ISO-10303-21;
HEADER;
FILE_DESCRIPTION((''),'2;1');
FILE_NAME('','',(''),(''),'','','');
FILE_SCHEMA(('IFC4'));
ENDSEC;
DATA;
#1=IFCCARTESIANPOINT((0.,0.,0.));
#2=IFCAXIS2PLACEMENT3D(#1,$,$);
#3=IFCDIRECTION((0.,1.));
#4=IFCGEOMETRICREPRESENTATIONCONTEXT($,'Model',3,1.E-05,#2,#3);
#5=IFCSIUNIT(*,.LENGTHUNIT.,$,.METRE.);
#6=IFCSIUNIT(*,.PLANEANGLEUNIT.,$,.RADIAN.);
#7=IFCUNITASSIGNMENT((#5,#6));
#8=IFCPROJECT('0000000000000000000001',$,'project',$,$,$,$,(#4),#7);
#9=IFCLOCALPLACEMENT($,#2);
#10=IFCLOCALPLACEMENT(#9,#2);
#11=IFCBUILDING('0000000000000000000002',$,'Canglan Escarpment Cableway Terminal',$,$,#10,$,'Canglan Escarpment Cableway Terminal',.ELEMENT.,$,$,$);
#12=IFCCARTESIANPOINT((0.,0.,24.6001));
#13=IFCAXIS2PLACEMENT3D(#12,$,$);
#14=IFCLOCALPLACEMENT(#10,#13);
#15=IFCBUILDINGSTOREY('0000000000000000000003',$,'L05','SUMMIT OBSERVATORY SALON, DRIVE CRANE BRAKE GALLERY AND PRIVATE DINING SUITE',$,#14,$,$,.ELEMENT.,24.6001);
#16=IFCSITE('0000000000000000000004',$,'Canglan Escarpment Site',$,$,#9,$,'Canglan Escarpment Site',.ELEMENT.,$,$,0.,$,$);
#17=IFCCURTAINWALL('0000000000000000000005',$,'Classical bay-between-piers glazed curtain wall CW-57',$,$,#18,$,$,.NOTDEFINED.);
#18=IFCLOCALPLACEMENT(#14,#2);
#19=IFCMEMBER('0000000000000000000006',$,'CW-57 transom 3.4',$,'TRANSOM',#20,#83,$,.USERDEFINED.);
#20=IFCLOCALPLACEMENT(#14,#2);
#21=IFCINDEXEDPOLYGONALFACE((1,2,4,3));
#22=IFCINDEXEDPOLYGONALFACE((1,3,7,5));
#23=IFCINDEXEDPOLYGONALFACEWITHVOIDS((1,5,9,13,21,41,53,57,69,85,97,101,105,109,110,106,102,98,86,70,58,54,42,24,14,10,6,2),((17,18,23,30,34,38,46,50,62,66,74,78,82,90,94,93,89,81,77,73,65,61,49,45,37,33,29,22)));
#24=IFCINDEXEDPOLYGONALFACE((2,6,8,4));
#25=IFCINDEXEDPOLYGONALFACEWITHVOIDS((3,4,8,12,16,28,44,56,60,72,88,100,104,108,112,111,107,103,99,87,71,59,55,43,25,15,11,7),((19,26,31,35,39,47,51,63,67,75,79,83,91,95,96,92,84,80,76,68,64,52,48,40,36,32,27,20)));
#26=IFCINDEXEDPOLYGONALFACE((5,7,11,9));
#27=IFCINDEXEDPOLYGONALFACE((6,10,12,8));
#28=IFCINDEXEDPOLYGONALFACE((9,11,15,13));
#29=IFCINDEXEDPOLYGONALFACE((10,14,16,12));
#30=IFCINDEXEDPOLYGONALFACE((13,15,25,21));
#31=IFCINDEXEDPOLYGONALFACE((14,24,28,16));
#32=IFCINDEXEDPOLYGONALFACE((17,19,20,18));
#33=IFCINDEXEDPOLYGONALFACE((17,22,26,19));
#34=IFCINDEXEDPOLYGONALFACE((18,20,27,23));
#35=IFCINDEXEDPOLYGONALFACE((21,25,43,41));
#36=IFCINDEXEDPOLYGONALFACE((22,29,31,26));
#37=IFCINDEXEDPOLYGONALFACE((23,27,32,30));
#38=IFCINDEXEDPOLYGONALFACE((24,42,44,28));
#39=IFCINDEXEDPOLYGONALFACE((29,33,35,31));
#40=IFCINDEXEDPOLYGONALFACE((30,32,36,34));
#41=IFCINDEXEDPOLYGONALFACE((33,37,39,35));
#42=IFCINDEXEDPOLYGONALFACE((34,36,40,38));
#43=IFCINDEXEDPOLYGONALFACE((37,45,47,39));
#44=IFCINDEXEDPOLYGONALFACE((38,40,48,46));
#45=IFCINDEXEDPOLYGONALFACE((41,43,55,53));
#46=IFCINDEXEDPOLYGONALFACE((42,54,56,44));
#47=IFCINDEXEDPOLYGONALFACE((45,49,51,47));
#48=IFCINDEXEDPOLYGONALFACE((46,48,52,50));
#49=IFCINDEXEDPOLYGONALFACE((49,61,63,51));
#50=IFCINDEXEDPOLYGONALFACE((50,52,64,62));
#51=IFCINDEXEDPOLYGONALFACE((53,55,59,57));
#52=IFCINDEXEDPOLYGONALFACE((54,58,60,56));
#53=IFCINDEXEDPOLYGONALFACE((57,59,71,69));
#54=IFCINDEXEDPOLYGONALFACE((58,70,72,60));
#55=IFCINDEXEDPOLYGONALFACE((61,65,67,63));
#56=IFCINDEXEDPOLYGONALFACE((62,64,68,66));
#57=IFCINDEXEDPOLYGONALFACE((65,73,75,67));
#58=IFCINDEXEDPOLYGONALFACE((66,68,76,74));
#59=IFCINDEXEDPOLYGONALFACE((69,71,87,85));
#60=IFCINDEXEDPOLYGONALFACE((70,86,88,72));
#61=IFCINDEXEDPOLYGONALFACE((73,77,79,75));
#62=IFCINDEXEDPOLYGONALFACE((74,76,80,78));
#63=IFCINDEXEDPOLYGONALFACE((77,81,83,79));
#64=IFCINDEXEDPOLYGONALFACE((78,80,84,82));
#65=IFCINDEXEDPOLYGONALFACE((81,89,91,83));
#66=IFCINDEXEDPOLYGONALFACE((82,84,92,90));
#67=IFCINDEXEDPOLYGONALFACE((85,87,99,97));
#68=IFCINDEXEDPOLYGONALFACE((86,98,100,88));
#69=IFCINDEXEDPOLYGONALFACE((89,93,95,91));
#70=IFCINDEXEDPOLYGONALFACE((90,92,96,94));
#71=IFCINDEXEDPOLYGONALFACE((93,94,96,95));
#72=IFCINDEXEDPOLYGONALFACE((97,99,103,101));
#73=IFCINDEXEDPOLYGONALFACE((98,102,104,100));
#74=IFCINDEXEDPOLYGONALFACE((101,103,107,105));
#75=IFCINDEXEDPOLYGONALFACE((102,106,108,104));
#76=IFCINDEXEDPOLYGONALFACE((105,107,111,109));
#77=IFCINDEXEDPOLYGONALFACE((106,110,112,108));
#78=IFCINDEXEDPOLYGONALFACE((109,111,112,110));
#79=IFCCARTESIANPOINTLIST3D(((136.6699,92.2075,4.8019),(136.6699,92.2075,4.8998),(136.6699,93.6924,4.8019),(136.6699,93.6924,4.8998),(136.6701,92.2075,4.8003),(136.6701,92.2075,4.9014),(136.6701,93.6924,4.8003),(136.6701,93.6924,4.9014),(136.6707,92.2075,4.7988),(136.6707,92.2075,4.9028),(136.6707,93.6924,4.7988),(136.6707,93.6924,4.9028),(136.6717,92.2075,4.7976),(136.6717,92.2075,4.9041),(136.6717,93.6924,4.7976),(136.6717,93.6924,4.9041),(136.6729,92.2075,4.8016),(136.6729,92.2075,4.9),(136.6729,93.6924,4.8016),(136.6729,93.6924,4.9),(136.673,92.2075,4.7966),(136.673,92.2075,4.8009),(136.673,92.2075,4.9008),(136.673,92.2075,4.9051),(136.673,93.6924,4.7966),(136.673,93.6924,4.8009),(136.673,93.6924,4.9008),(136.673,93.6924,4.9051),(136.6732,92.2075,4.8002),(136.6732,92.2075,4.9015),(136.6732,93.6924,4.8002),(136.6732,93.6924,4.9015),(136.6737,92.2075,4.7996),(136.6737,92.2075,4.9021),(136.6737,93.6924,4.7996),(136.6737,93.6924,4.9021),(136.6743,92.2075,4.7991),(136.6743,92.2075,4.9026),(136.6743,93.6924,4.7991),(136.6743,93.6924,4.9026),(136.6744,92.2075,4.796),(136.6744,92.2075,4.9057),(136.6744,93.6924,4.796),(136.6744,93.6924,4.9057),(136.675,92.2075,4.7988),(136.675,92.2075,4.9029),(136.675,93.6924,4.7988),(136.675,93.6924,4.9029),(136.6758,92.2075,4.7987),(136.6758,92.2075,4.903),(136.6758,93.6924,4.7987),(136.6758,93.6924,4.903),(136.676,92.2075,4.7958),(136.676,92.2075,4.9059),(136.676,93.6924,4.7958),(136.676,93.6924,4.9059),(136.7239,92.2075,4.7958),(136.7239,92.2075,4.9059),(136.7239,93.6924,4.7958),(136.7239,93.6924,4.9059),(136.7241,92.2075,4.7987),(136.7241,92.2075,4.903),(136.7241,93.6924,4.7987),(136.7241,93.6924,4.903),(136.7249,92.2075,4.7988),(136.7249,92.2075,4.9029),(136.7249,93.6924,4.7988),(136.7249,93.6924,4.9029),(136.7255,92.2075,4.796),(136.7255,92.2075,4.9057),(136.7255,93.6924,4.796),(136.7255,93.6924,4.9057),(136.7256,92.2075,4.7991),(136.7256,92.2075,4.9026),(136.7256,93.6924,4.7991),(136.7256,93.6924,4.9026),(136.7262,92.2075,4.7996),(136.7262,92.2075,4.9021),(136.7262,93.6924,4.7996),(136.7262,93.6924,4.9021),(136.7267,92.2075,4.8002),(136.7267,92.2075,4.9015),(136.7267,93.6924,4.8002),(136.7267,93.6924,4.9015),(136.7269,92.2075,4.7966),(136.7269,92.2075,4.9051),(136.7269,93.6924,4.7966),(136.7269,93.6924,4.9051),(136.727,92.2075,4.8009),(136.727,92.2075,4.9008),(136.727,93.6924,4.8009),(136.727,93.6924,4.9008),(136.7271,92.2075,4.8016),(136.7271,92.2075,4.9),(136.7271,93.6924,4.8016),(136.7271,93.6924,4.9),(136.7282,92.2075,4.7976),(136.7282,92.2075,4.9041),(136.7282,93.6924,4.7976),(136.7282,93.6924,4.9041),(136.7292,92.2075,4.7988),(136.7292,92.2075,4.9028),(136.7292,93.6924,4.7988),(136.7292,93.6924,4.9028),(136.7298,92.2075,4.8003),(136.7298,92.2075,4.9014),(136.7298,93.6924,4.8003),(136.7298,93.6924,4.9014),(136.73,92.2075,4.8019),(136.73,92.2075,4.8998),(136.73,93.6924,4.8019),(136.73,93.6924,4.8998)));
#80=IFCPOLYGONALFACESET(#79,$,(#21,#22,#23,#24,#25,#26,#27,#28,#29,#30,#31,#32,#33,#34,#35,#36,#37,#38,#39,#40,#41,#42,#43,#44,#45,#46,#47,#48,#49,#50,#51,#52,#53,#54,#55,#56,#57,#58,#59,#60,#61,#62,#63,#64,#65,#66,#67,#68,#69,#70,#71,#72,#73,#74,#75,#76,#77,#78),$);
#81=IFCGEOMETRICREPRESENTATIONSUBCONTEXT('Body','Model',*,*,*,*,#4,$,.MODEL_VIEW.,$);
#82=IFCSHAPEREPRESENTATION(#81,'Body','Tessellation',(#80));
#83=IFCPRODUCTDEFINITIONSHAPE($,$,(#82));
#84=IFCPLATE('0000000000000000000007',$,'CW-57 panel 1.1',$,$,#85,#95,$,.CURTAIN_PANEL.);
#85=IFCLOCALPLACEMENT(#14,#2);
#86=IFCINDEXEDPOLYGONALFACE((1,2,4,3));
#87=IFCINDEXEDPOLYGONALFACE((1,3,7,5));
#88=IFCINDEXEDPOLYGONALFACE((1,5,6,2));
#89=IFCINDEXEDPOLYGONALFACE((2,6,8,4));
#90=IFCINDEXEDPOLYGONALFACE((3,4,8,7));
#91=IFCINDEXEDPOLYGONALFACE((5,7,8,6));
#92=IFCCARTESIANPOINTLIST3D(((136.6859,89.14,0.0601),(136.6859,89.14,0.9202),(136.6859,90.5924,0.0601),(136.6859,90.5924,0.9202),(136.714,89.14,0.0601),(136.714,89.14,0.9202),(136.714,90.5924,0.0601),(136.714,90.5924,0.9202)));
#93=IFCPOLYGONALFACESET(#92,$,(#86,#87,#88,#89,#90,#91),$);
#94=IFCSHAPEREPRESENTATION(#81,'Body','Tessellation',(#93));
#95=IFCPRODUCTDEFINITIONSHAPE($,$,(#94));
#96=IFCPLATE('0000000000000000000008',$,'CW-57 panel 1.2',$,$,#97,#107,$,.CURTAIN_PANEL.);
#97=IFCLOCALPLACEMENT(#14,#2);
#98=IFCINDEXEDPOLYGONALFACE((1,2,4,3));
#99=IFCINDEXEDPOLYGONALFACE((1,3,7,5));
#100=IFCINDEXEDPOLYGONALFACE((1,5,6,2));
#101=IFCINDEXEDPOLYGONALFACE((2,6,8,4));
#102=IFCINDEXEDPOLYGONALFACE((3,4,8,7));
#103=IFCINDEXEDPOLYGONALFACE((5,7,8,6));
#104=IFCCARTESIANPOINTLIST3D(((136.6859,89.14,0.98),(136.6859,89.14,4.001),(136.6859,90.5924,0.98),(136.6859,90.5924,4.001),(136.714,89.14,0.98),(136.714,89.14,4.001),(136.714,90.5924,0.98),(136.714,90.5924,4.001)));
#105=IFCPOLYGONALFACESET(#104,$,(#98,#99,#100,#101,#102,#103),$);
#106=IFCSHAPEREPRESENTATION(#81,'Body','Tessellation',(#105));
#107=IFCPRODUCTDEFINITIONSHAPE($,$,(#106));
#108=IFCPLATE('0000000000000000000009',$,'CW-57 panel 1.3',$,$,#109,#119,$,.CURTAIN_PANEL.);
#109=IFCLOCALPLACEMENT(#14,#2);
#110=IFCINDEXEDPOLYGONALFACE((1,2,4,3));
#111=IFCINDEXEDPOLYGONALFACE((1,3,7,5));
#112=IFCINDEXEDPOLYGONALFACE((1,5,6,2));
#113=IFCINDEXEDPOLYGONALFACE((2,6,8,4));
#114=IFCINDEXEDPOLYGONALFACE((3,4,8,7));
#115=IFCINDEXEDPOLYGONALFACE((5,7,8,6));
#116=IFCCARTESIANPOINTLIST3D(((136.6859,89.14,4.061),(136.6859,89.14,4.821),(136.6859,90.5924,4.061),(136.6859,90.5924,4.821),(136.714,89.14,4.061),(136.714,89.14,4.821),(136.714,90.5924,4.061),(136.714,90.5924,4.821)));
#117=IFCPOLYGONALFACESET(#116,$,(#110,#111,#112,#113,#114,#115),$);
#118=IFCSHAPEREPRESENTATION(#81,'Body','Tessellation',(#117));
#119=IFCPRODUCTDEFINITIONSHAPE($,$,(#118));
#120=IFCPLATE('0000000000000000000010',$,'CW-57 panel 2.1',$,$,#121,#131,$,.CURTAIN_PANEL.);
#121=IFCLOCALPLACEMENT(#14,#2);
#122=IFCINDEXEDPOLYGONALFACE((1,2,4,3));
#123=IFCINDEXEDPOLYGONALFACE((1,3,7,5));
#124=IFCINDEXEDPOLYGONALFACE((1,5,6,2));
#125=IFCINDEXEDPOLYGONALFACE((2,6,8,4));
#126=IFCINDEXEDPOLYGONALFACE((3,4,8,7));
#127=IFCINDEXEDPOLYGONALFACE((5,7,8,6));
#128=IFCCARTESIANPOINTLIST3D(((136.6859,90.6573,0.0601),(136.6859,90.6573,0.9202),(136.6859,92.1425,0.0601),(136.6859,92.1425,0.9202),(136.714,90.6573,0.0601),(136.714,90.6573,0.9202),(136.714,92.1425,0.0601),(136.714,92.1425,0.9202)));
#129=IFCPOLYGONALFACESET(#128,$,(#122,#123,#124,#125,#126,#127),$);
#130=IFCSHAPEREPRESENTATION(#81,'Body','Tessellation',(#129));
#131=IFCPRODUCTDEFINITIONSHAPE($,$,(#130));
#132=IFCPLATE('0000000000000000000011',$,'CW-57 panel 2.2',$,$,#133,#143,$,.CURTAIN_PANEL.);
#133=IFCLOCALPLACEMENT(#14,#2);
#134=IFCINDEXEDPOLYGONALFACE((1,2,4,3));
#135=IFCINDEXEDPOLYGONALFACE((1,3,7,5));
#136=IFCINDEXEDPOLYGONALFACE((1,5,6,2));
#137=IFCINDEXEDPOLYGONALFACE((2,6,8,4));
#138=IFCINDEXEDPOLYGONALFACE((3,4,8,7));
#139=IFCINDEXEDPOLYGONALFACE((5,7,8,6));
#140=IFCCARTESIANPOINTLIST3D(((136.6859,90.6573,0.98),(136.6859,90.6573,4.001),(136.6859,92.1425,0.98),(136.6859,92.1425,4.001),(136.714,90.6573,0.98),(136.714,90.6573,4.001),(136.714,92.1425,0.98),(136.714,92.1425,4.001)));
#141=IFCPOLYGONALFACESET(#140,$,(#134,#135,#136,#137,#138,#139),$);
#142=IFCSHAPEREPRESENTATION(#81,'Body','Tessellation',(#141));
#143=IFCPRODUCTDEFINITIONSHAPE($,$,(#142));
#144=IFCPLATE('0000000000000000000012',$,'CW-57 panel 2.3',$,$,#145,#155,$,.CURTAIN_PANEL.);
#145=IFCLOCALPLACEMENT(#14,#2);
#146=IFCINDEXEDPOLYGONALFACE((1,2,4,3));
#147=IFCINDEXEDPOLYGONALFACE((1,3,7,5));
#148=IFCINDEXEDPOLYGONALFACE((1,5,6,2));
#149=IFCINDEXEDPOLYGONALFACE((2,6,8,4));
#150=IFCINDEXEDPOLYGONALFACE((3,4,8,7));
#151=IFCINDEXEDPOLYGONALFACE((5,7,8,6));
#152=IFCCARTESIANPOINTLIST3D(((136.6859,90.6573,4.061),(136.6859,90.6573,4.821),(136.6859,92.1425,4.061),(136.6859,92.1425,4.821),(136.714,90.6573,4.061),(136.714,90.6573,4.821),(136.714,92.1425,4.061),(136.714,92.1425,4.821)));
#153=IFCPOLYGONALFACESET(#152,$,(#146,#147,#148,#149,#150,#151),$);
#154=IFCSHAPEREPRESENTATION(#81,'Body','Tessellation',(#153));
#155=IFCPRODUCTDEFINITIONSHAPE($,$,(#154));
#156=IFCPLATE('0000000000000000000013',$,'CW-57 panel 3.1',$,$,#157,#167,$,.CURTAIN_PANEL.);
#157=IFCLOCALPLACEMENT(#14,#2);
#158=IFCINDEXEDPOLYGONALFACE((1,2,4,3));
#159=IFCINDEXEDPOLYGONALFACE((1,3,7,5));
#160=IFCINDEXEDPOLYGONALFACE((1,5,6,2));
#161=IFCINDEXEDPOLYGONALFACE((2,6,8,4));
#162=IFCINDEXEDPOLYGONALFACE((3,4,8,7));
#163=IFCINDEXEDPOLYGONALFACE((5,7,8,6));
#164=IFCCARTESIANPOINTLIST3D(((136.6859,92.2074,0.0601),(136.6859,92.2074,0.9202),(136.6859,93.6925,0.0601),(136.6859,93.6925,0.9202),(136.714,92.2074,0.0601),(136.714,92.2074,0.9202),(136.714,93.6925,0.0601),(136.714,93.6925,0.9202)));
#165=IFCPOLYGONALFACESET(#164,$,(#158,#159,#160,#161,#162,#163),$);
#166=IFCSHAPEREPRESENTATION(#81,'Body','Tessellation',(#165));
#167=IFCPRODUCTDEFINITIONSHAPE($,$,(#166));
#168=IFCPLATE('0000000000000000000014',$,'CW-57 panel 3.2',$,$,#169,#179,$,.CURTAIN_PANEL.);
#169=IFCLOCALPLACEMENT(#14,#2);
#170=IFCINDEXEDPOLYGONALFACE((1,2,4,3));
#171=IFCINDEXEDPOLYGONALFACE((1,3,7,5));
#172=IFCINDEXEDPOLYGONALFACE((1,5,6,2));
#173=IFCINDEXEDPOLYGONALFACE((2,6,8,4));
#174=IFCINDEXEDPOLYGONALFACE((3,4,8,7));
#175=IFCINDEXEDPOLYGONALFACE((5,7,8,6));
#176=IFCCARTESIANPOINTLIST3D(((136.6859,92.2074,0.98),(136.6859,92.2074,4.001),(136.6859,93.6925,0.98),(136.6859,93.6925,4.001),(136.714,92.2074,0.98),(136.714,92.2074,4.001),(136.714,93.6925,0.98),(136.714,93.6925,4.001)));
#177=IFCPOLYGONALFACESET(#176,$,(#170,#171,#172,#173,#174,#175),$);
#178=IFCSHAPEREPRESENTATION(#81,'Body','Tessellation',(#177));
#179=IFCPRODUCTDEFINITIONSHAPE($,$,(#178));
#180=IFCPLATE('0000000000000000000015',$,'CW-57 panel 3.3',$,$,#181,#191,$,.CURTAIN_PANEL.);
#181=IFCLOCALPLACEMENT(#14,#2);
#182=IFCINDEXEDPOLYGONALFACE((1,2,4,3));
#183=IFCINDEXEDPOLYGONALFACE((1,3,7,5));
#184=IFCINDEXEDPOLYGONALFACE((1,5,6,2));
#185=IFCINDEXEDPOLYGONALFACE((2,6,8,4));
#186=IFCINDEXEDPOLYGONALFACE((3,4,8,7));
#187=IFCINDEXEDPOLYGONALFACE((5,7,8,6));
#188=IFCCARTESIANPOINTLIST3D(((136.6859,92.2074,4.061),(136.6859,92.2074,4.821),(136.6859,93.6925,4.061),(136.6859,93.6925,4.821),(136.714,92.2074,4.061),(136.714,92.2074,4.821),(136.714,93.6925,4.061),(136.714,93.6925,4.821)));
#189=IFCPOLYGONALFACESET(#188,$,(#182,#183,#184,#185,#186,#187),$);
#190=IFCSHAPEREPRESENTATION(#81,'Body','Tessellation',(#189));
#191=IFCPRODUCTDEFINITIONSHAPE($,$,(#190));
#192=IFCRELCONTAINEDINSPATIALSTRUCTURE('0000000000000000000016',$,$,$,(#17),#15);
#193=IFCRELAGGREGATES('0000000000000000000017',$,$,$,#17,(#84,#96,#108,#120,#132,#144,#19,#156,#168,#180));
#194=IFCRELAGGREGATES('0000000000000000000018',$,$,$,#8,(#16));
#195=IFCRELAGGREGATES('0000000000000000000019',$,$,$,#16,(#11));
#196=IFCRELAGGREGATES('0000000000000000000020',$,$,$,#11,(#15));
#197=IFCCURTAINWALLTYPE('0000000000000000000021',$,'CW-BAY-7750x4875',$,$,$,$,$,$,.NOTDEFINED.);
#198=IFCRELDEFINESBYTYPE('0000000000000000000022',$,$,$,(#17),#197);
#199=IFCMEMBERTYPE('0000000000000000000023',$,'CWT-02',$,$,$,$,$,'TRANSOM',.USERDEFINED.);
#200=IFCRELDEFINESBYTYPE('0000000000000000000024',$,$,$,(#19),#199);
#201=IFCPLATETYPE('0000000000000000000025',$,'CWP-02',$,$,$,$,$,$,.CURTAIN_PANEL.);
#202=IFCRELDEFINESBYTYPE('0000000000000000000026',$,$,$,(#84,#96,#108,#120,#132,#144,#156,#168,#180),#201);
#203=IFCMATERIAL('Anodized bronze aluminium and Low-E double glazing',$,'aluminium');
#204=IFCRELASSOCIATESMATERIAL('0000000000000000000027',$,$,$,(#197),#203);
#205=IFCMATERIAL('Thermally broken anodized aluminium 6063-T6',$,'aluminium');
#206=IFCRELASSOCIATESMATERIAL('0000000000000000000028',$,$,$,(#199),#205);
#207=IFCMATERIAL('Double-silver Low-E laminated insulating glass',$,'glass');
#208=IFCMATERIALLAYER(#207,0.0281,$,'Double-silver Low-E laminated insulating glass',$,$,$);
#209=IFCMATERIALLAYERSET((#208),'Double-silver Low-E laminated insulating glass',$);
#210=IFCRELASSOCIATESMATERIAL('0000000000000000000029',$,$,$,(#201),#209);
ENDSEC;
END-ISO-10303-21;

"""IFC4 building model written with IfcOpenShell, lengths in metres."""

from ifc_helpers import new_model, si_unit, direction, frame, origin, origin_2d, place, context, subcontext, project, spatial, rectangle, hollow_rectangle, extrude, material, layer, layer_set, material_profile, profile_set, type_object, element, aggregate, save


model = new_model("IFC4")

# Units and contexts
model_context = context("Model", 3, precision=1e-05, world=origin(), true_north=direction((0.0, 1.0)))
body_context = subcontext(model_context, "Body", "Model", "MODEL_VIEW")
ifc_project = project(units=[si_unit("LENGTHUNIT", "METRE"), si_unit("PLANEANGLEUNIT", "RADIAN")], contexts=[model_context])

# Site, building, storey
site_placement = place(None, origin())
site = spatial("IfcSite", under=ifc_project, at=site_placement, Name="Canglan Escarpment Site", LongName="Canglan Escarpment Site", CompositionType="ELEMENT", RefElevation=0.0)
building_placement = place(site_placement, origin())
building = spatial("IfcBuilding", under=site, at=building_placement, Name="Canglan Escarpment Cableway Terminal", LongName="Canglan Escarpment Cableway Terminal", CompositionType="ELEMENT")
storey_placement = place(building_placement, frame((0.0, 0.0, 24.6001)))
storey = spatial("IfcBuildingStorey", under=building, at=storey_placement, Name="L05", Description="SUMMIT OBSERVATORY SALON, DRIVE CRANE BRAKE GALLERY AND PRIVATE DINING SUITE", CompositionType="ELEMENT", Elevation=24.6001)

# Curtain wall, member, plates
ifc_material_1 = material(Name="Anodized bronze aluminium and Low-E double glazing", Category="aluminium")
curtain_wall_type = type_object("IfcCurtainWallType", Name="CW-BAY-7750x4875", PredefinedType="NOTDEFINED", material=ifc_material_1)
curtain_wall_placement = place(storey_placement, origin())
curtain_wall = element("IfcCurtainWall", 1, at=curtain_wall_placement, inside=storey, type_object=curtain_wall_type, Name="Classical bay-between-piers glazed curtain wall CW-57", PredefinedType="NOTDEFINED")
ifc_material_2 = material(Name="Thermally broken anodized aluminium 6063-T6", Category="aluminium")
ifc_material_profile_1 = material_profile(ifc_material_2, hollow_rectangle(XDim=0.0601, YDim=0.1101, WallThickness=0.0029, InnerFilletRadius=0.0029, OuterFilletRadius=0.0061, at=origin_2d()), Name="ALU-TRAN 60x110x3")
ifc_profile_set_1 = profile_set([ifc_material_profile_1], Name="Thermally broken anodized aluminium 6063-T6")
member_type_1 = type_object("IfcMemberType", Name="CWT-02", ElementType="TRANSOM", PredefinedType="USERDEFINED", material=ifc_profile_set_1)
member_1_placement = place(storey_placement, frame((136.7, 92.2075, 4.8508), z_axis=(0.0, 1.0, 0.0), x_axis=(-1.0, 0.0, 0.0)))
member_1 = element("IfcMember", 2, at=member_1_placement, type_object=member_type_1, Name="CW-57 transom 3.4", ObjectType="TRANSOM", PredefinedType="USERDEFINED", context=body_context, shape_type="SweptSolid", body=[
    extrude(hollow_rectangle(XDim=0.0601, YDim=0.1101, WallThickness=0.0029, InnerFilletRadius=0.0029, OuterFilletRadius=0.0061, at=origin_2d()), origin(), (0.0, 0.0, 1.0), 1.4849),
])
ifc_material_3 = material(Name="Double-silver Low-E laminated insulating glass", Category="glass")
ifc_layer_1 = layer(ifc_material_3, 0.0281, Name="Double-silver Low-E laminated insulating glass")
ifc_layer_set_1 = layer_set([ifc_layer_1], Name="Double-silver Low-E laminated insulating glass")
plate_type_1 = type_object("IfcPlateType", Name="CWP-02", PredefinedType="CURTAIN_PANEL", material=ifc_layer_set_1)
plate_1_placement = place(storey_placement, frame((136.7, 89.8662, 0.0601), z_axis=(0.0, 0.0, 1.0), x_axis=(0.0, 1.0, 0.0)))
plate_1 = element("IfcPlate", 3, at=plate_1_placement, type_object=plate_type_1, Name="CW-57 panel 1.1", PredefinedType="CURTAIN_PANEL", context=body_context, shape_type="SweptSolid", body=[
    extrude(rectangle(XDim=1.4524, YDim=0.0281, at=origin_2d()), origin(), (0.0, 0.0, 1.0), 0.8601),
])
plate_2_placement = place(storey_placement, frame((136.7, 89.8662, 0.98), z_axis=(0.0, 0.0, 1.0), x_axis=(0.0, 1.0, 0.0)))
plate_2 = element("IfcPlate", 4, at=plate_2_placement, type_object=plate_type_1, Name="CW-57 panel 1.2", PredefinedType="CURTAIN_PANEL", context=body_context, shape_type="SweptSolid", body=[
    extrude(rectangle(XDim=1.4524, YDim=0.0281, at=origin_2d()), origin(), (0.0, 0.0, 1.0), 3.021),
])
plate_3_placement = place(storey_placement, frame((136.7, 89.8662, 4.061), z_axis=(0.0, 0.0, 1.0), x_axis=(0.0, 1.0, 0.0)))
plate_3 = element("IfcPlate", 5, at=plate_3_placement, type_object=plate_type_1, Name="CW-57 panel 1.3", PredefinedType="CURTAIN_PANEL", context=body_context, shape_type="SweptSolid", body=[
    extrude(rectangle(XDim=1.4524, YDim=0.0281, at=origin_2d()), origin(), (0.0, 0.0, 1.0), 0.76),
])
plate_4_placement = place(storey_placement, frame((136.7, 91.3999, 0.0601), z_axis=(0.0, 0.0, 1.0), x_axis=(0.0, 1.0, 0.0)))
plate_4 = element("IfcPlate", 6, at=plate_4_placement, type_object=plate_type_1, Name="CW-57 panel 2.1", PredefinedType="CURTAIN_PANEL", context=body_context, shape_type="SweptSolid", body=[
    extrude(rectangle(XDim=1.4851, YDim=0.0281, at=origin_2d()), origin(), (0.0, 0.0, 1.0), 0.8601),
])
plate_5_placement = place(storey_placement, frame((136.7, 91.3999, 0.98), z_axis=(0.0, 0.0, 1.0), x_axis=(0.0, 1.0, 0.0)))
plate_5 = element("IfcPlate", 7, at=plate_5_placement, type_object=plate_type_1, Name="CW-57 panel 2.2", PredefinedType="CURTAIN_PANEL", context=body_context, shape_type="SweptSolid", body=[
    extrude(rectangle(XDim=1.4851, YDim=0.0281, at=origin_2d()), origin(), (0.0, 0.0, 1.0), 3.021),
])
plate_6_placement = place(storey_placement, frame((136.7, 91.3999, 4.061), z_axis=(0.0, 0.0, 1.0), x_axis=(0.0, 1.0, 0.0)))
plate_6 = element("IfcPlate", 8, at=plate_6_placement, type_object=plate_type_1, Name="CW-57 panel 2.3", PredefinedType="CURTAIN_PANEL", context=body_context, shape_type="SweptSolid", body=[
    extrude(rectangle(XDim=1.4851, YDim=0.0281, at=origin_2d()), origin(), (0.0, 0.0, 1.0), 0.76),
])
plate_7_placement = place(storey_placement, frame((136.7, 92.95, 0.0601), z_axis=(0.0, 0.0, 1.0), x_axis=(0.0, 1.0, 0.0)))
plate_7 = element("IfcPlate", 9, at=plate_7_placement, type_object=plate_type_1, Name="CW-57 panel 3.1", PredefinedType="CURTAIN_PANEL", context=body_context, shape_type="SweptSolid", body=[
    extrude(rectangle(XDim=1.4851, YDim=0.0281, at=origin_2d()), origin(), (0.0, 0.0, 1.0), 0.8601),
])
plate_8_placement = place(storey_placement, frame((136.7, 92.95, 0.98), z_axis=(0.0, 0.0, 1.0), x_axis=(0.0, 1.0, 0.0)))
plate_8 = element("IfcPlate", 10, at=plate_8_placement, type_object=plate_type_1, Name="CW-57 panel 3.2", PredefinedType="CURTAIN_PANEL", context=body_context, shape_type="SweptSolid", body=[
    extrude(rectangle(XDim=1.4851, YDim=0.0281, at=origin_2d()), origin(), (0.0, 0.0, 1.0), 3.021),
])
plate_9_placement = place(storey_placement, frame((136.7, 92.95, 4.061), z_axis=(0.0, 0.0, 1.0), x_axis=(0.0, 1.0, 0.0)))
plate_9 = element("IfcPlate", 11, at=plate_9_placement, type_object=plate_type_1, Name="CW-57 panel 3.3", PredefinedType="CURTAIN_PANEL", context=body_context, shape_type="SweptSolid", body=[
    extrude(rectangle(XDim=1.4851, YDim=0.0281, at=origin_2d()), origin(), (0.0, 0.0, 1.0), 0.76),
])
aggregate(curtain_wall, [plate_1, plate_2, plate_3, plate_4, plate_5, plate_6, member_1, plate_7, plate_8, plate_9])

save(model, "model.ifc")
